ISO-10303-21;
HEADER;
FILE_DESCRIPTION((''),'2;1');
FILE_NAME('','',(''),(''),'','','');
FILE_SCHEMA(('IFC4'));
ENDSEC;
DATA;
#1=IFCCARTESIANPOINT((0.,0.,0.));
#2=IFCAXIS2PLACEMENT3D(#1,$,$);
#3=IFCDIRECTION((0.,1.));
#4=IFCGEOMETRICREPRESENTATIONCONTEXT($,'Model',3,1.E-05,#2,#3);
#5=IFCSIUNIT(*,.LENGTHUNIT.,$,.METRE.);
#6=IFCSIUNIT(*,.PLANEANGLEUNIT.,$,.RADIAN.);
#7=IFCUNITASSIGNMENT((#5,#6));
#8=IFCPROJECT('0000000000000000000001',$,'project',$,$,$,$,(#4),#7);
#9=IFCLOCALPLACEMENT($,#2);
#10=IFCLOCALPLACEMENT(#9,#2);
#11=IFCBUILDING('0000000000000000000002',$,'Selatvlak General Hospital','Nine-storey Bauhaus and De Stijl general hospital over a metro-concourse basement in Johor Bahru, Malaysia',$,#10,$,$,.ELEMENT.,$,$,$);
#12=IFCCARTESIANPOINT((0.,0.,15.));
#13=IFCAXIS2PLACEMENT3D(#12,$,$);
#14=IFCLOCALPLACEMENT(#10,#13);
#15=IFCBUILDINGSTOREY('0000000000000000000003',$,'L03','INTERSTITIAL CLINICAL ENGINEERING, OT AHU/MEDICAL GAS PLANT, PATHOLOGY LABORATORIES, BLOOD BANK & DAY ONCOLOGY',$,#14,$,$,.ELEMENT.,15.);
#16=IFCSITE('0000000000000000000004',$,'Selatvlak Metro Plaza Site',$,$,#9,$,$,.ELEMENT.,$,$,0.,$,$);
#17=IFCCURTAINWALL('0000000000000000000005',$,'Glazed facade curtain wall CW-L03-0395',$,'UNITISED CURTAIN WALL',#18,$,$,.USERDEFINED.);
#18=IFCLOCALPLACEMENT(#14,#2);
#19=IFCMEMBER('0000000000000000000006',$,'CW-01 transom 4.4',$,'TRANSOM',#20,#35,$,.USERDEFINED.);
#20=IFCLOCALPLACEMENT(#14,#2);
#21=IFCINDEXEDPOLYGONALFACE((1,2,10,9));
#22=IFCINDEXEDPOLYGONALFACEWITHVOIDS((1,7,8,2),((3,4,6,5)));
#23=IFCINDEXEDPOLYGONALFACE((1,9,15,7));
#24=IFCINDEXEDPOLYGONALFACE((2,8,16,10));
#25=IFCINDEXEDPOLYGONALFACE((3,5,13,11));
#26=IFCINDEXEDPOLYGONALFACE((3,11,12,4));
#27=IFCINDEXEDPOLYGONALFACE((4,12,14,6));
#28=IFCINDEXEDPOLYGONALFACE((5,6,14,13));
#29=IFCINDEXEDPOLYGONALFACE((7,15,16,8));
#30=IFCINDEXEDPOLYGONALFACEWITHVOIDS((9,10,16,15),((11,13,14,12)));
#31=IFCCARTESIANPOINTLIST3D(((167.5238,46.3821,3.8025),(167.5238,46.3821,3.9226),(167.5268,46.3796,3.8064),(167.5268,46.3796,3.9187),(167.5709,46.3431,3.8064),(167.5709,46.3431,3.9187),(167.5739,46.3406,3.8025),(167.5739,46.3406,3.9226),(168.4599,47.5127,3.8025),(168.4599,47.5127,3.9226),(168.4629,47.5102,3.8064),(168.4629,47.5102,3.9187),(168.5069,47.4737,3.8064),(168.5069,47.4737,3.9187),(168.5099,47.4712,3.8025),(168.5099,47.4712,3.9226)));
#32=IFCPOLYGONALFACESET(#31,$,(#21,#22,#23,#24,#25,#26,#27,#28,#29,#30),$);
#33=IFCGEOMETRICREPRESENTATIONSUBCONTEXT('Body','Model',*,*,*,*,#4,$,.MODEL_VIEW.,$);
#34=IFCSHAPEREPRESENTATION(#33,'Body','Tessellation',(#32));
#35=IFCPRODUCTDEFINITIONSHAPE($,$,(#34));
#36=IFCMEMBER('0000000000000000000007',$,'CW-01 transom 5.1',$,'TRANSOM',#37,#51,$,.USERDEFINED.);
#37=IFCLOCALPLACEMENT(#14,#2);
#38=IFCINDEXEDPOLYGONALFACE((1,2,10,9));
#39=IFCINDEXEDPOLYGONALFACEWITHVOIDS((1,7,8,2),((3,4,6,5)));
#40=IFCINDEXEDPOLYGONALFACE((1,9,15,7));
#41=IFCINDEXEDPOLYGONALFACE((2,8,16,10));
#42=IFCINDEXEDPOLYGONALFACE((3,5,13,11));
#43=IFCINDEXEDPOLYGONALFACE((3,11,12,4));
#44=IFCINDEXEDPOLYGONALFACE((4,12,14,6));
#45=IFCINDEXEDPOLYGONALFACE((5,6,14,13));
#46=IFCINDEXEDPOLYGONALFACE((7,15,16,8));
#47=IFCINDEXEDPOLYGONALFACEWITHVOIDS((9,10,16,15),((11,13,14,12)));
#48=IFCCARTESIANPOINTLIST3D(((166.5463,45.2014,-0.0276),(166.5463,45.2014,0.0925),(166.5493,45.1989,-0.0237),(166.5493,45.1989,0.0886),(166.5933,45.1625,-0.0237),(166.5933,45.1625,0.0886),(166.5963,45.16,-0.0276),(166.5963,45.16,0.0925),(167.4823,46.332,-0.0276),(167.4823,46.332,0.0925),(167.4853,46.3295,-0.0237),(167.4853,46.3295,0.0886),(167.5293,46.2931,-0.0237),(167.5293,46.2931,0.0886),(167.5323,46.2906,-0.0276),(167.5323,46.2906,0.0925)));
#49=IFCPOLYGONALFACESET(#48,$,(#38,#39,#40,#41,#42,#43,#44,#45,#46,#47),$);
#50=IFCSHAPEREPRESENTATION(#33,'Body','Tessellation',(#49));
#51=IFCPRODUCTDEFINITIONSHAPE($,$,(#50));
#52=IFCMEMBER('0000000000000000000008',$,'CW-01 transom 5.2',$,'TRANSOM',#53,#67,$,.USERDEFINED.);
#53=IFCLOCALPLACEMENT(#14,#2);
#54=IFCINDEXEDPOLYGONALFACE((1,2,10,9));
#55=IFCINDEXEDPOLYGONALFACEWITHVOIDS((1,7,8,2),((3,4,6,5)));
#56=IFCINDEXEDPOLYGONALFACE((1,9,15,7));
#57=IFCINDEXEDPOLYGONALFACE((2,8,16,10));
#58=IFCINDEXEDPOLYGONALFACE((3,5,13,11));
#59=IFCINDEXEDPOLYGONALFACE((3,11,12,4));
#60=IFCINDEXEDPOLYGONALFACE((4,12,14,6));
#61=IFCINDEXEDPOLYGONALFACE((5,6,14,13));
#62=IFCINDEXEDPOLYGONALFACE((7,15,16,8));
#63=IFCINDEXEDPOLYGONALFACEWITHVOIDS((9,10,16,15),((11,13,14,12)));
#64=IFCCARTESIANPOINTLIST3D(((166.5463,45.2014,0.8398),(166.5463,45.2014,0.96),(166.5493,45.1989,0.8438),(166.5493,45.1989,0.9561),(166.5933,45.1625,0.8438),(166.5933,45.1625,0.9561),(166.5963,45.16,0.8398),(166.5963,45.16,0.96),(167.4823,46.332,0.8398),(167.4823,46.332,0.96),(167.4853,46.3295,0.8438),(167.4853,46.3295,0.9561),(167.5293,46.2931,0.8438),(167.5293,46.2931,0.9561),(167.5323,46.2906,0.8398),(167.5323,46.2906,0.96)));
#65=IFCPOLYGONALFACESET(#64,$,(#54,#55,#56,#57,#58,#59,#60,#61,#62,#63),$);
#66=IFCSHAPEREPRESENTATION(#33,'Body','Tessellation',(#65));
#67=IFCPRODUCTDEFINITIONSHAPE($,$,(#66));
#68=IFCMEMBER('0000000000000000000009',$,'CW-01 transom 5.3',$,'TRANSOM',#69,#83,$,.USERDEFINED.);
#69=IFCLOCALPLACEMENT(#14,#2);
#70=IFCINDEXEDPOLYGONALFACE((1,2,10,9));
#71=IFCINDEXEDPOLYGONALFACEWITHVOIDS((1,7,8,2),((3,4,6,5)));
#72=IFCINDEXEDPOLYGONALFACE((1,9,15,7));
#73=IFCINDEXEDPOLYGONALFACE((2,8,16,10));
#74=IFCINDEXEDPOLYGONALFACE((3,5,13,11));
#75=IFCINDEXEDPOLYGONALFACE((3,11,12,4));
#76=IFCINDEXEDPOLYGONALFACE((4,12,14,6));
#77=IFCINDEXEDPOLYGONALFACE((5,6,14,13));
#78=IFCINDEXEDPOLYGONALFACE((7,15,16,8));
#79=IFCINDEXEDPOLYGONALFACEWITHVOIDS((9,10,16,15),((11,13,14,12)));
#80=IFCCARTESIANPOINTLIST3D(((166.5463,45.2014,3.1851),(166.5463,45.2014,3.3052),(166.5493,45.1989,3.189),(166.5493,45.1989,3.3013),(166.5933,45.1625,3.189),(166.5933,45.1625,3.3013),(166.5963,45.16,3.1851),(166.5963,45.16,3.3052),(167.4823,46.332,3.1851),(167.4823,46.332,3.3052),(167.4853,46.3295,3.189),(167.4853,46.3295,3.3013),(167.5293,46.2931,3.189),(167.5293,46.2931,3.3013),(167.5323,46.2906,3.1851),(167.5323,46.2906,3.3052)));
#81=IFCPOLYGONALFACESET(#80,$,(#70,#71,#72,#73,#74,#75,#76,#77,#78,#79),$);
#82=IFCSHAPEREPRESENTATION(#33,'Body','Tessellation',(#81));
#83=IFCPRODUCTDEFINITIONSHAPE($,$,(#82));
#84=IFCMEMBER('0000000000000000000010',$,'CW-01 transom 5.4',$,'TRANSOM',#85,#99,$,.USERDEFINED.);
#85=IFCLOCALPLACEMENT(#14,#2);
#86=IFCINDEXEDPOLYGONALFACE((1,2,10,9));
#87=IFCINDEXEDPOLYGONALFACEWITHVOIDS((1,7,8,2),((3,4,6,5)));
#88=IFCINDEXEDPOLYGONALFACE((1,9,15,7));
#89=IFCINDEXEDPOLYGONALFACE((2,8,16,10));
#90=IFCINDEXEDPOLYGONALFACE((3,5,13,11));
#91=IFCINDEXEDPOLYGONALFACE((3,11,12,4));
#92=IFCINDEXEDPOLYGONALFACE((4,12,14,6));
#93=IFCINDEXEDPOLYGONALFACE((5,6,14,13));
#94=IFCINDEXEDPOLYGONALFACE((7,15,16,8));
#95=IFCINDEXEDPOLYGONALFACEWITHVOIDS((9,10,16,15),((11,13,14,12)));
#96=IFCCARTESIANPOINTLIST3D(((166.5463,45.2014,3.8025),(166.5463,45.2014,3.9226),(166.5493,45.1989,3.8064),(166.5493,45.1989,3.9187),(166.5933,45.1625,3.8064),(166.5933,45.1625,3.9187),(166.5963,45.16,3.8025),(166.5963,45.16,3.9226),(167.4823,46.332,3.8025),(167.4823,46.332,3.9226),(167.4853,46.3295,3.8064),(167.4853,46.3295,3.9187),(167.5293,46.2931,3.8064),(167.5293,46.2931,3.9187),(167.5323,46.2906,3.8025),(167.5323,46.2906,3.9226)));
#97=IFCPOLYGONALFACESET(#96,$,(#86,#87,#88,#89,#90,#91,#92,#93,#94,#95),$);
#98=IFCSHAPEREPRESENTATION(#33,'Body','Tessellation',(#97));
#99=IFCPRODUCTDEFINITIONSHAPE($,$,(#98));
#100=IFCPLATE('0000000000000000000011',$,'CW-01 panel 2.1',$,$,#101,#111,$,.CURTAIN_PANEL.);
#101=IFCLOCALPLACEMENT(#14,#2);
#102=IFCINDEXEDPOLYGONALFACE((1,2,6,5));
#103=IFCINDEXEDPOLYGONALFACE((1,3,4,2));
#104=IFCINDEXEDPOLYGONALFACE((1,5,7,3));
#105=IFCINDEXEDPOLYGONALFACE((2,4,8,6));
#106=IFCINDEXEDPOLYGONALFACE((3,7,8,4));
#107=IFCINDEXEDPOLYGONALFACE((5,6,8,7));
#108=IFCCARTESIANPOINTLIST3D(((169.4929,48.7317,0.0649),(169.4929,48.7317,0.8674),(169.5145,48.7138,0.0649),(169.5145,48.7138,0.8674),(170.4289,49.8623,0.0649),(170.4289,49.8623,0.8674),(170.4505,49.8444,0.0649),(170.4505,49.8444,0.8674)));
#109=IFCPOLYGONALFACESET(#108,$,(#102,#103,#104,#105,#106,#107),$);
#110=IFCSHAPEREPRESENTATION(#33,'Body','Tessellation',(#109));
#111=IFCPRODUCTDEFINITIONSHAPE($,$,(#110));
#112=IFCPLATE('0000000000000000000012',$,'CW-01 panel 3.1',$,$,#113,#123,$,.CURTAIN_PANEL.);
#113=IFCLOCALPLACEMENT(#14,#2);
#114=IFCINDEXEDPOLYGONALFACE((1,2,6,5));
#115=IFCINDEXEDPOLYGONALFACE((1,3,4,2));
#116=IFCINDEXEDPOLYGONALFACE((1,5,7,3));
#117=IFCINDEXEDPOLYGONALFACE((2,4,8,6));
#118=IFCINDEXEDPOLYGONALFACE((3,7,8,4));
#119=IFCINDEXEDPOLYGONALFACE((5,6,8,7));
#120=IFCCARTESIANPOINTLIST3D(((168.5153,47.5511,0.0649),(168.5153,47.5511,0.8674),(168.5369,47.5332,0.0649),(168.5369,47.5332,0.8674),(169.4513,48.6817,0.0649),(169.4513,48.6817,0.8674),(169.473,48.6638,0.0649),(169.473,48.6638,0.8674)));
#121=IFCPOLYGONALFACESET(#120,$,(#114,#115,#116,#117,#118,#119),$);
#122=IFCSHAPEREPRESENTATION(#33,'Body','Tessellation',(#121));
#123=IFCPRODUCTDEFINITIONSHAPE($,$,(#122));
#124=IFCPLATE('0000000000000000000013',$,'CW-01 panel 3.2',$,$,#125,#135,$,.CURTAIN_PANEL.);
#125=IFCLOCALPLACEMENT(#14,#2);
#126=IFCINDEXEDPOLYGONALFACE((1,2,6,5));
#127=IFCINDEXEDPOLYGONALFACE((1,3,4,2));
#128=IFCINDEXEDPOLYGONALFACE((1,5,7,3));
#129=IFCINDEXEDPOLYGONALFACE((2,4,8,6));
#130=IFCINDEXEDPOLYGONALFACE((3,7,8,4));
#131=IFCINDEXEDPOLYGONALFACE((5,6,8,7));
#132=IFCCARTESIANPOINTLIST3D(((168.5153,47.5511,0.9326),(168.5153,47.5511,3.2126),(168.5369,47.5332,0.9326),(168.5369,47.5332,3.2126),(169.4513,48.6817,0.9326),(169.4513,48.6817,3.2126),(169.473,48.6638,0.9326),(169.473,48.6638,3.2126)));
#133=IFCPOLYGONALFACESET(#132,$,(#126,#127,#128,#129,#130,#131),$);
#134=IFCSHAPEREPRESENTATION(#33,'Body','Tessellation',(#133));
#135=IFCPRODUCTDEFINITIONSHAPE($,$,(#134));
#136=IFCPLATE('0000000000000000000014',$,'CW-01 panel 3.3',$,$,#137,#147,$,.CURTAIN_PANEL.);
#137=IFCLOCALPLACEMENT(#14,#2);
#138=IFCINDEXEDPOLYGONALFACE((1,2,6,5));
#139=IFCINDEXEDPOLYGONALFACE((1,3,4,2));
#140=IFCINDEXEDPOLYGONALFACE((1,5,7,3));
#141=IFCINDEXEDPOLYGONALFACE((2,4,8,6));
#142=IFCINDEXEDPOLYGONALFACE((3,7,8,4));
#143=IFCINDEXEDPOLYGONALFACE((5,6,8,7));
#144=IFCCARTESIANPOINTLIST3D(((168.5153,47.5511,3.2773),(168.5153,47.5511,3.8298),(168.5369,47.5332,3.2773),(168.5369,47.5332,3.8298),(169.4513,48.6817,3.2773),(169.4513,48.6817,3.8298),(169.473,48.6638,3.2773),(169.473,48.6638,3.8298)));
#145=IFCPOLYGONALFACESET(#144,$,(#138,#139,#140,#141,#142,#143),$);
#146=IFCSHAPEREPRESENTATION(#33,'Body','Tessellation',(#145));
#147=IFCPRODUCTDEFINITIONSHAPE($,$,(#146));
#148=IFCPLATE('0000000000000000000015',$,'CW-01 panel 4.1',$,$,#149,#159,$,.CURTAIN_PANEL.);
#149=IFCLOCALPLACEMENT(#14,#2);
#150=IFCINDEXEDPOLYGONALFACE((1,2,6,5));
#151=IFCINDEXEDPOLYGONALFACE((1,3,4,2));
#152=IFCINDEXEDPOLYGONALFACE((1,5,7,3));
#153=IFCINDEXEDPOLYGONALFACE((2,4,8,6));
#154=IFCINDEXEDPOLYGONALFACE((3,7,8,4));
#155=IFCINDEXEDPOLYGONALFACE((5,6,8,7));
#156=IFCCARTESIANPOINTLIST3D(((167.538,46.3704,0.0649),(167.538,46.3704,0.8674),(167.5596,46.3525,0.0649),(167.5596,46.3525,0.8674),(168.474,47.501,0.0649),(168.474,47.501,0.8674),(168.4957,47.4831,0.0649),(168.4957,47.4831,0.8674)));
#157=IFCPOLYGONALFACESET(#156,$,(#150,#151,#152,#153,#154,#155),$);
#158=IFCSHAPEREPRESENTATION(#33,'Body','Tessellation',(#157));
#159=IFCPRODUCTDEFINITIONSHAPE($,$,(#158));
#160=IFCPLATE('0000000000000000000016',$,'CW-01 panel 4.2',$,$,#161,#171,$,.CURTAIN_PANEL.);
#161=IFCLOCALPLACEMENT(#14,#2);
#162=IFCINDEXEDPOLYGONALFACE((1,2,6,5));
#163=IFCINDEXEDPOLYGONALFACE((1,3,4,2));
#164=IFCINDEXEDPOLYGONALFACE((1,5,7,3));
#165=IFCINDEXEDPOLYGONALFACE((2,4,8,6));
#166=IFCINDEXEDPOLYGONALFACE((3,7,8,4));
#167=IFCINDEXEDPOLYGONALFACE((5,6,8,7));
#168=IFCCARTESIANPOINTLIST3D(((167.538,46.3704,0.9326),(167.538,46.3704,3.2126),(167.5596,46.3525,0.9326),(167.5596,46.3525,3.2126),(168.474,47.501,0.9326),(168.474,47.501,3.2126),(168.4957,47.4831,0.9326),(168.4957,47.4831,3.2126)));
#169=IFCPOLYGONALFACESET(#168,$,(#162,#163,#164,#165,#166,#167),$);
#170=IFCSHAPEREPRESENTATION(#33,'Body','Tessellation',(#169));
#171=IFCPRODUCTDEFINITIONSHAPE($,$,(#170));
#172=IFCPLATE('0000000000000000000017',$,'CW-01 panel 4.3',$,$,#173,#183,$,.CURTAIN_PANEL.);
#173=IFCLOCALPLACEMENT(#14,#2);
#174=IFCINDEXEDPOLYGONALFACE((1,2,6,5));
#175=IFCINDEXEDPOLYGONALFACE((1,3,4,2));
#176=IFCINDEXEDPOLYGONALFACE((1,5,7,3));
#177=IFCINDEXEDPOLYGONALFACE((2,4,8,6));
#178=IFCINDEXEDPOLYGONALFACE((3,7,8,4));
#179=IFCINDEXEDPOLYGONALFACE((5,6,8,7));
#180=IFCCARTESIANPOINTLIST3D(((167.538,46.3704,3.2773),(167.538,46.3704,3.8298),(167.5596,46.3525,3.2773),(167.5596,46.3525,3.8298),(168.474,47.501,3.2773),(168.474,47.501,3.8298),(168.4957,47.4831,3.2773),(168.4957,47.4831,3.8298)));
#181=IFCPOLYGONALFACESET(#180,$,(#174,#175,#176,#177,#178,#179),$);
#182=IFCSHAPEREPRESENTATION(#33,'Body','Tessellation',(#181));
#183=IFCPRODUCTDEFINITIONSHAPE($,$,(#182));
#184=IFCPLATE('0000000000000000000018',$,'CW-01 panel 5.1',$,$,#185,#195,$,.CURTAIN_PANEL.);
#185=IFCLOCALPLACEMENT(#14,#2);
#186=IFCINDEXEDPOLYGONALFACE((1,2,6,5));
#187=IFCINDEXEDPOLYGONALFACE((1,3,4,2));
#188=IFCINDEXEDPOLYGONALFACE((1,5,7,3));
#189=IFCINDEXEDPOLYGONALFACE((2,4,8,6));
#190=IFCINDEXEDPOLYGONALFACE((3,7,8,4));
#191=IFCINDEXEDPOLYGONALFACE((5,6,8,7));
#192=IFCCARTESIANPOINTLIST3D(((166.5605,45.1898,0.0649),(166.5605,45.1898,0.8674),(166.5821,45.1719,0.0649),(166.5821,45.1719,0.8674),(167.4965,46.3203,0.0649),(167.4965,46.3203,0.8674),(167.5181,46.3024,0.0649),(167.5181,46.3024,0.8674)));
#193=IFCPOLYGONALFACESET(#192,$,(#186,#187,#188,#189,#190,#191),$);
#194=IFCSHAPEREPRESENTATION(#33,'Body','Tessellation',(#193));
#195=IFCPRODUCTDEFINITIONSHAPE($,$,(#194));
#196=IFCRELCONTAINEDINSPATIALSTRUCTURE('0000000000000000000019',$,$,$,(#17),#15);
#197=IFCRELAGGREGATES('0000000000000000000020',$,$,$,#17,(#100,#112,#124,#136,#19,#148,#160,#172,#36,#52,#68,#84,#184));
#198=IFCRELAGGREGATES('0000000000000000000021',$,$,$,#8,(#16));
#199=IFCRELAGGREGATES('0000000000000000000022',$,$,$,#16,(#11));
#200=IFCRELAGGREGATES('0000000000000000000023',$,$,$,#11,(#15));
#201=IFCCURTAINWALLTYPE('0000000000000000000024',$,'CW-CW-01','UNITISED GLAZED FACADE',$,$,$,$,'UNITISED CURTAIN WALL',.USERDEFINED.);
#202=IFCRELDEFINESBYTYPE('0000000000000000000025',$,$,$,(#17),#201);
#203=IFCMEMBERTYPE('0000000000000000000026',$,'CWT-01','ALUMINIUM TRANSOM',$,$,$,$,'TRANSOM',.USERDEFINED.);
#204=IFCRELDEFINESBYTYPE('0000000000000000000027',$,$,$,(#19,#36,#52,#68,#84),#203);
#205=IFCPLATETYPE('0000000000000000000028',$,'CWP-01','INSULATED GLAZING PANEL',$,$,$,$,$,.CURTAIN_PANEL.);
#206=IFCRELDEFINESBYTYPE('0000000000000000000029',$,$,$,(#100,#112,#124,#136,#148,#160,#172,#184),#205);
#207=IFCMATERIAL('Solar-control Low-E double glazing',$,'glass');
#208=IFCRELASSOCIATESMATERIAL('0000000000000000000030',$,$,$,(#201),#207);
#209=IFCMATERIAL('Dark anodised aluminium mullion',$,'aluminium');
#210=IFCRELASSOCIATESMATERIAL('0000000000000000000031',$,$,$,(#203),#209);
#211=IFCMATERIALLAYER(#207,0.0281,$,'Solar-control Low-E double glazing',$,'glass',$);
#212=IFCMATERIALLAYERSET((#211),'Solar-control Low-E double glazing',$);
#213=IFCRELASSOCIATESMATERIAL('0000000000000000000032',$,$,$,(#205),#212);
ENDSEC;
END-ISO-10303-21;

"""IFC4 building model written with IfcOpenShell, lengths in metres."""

from ifc_helpers import new_model, si_unit, direction, frame, origin, origin_2d, place, context, subcontext, project, spatial, rectangle, hollow_rectangle, extrude, material, layer, layer_set, material_profile, profile_set, type_object, element, aggregate, save


model = new_model("IFC4")

# Units and contexts
model_context = context("Model", 3, precision=1e-05, world=origin(), true_north=direction((0.0, 1.0)))
body_context = subcontext(model_context, "Body", "Model", "MODEL_VIEW")
ifc_project = project(units=[si_unit("LENGTHUNIT", "METRE"), si_unit("PLANEANGLEUNIT", "RADIAN")], contexts=[model_context])

# Site, building, storey
site_placement = place(None, origin())
site = spatial("IfcSite", under=ifc_project, at=site_placement, Name="Selatvlak Metro Plaza Site", CompositionType="ELEMENT", RefElevation=0.0)
building_placement = place(site_placement, origin())
building = spatial("IfcBuilding", under=site, at=building_placement, Name="Selatvlak General Hospital", Description="Nine-storey Bauhaus and De Stijl general hospital over a metro-concourse basement in Johor Bahru, Malaysia", CompositionType="ELEMENT")
storey_placement = place(building_placement, frame((0.0, 0.0, 15.0)))
storey = spatial("IfcBuildingStorey", under=building, at=storey_placement, Name="L03", Description="INTERSTITIAL CLINICAL ENGINEERING, OT AHU/MEDICAL GAS PLANT, PATHOLOGY LABORATORIES, BLOOD BANK & DAY ONCOLOGY", CompositionType="ELEMENT", Elevation=15.0)

# Curtain wall, members, plates
ifc_material_1 = material(Name="Solar-control Low-E double glazing", Category="glass")
curtain_wall_type = type_object("IfcCurtainWallType", Name="CW-CW-01", Description="UNITISED GLAZED FACADE", ElementType="UNITISED CURTAIN WALL", PredefinedType="USERDEFINED", material=ifc_material_1)
curtain_wall_placement = place(storey_placement, origin())
curtain_wall = element("IfcCurtainWall", 1, at=curtain_wall_placement, inside=storey, type_object=curtain_wall_type, Name="Glazed facade curtain wall CW-L03-0395", ObjectType="UNITISED CURTAIN WALL", PredefinedType="USERDEFINED")
ifc_material_2 = material(Name="Dark anodised aluminium mullion", Category="aluminium")
ifc_material_profile_1 = material_profile(ifc_material_2, hollow_rectangle(XDim=0.0649, YDim=0.1201, WallThickness=0.0039, at=origin_2d()), Name="AL-TRN 65x120x4")
ifc_profile_set_1 = profile_set([ifc_material_profile_1], Name="Dark anodised aluminium mullion")
member_type_1 = type_object("IfcMemberType", Name="CWT-01", Description="ALUMINIUM TRANSOM", ElementType="TRANSOM", PredefinedType="USERDEFINED", material=ifc_profile_set_1)
member_1_placement = place(storey_placement, frame((168.4849, 47.4919, 3.8625), z_axis=(-0.637711, -0.770276, 0.0), x_axis=(0.770276, -0.637711, 0.0)))
member_1 = element("IfcMember", 2, at=member_1_placement, type_object=member_type_1, Name="CW-01 transom 4.4", ObjectType="TRANSOM", PredefinedType="USERDEFINED", context=body_context, shape_type="SweptSolid", body=[
    extrude(hollow_rectangle(XDim=0.0649, YDim=0.1201, WallThickness=0.0039, at=origin_2d()), origin(), (0.0, 0.0, 1.0), 1.4678),
])
member_2_placement = place(storey_placement, frame((167.5073, 46.3113, 0.0325), z_axis=(-0.637711, -0.770276, 0.0), x_axis=(0.770276, -0.637711, 0.0)))
member_2 = element("IfcMember", 3, at=member_2_placement, type_object=member_type_1, Name="CW-01 transom 5.1", ObjectType="TRANSOM", PredefinedType="USERDEFINED", context=body_context, shape_type="SweptSolid", body=[
    extrude(hollow_rectangle(XDim=0.0649, YDim=0.1201, WallThickness=0.0039, at=origin_2d()), origin(), (0.0, 0.0, 1.0), 1.4678),
])
member_3_placement = place(storey_placement, frame((167.5073, 46.3113, 0.8999), z_axis=(-0.637711, -0.770276, 0.0), x_axis=(0.770276, -0.637711, 0.0)))
member_3 = element("IfcMember", 4, at=member_3_placement, type_object=member_type_1, Name="CW-01 transom 5.2", ObjectType="TRANSOM", PredefinedType="USERDEFINED", context=body_context, shape_type="SweptSolid", body=[
    extrude(hollow_rectangle(XDim=0.0649, YDim=0.1201, WallThickness=0.0039, at=origin_2d()), origin(), (0.0, 0.0, 1.0), 1.4678),
])
member_4_placement = place(storey_placement, frame((167.5073, 46.3113, 3.2451), z_axis=(-0.637711, -0.770276, 0.0), x_axis=(0.770276, -0.637711, 0.0)))
member_4 = element("IfcMember", 5, at=member_4_placement, type_object=member_type_1, Name="CW-01 transom 5.3", ObjectType="TRANSOM", PredefinedType="USERDEFINED", context=body_context, shape_type="SweptSolid", body=[
    extrude(hollow_rectangle(XDim=0.0649, YDim=0.1201, WallThickness=0.0039, at=origin_2d()), origin(), (0.0, 0.0, 1.0), 1.4678),
])
member_5_placement = place(storey_placement, frame((167.5073, 46.3113, 3.8625), z_axis=(-0.637711, -0.770276, 0.0), x_axis=(0.770276, -0.637711, 0.0)))
member_5 = element("IfcMember", 6, at=member_5_placement, type_object=member_type_1, Name="CW-01 transom 5.4", ObjectType="TRANSOM", PredefinedType="USERDEFINED", context=body_context, shape_type="SweptSolid", body=[
    extrude(hollow_rectangle(XDim=0.0649, YDim=0.1201, WallThickness=0.0039, at=origin_2d()), origin(), (0.0, 0.0, 1.0), 1.4678),
])
ifc_layer_1 = layer(ifc_material_1, 0.0281, Name="Solar-control Low-E double glazing", Category="glass")
ifc_layer_set_1 = layer_set([ifc_layer_1], Name="Solar-control Low-E double glazing")
plate_type = type_object("IfcPlateType", Name="CWP-01", Description="INSULATED GLAZING PANEL", PredefinedType="CURTAIN_PANEL", material=ifc_layer_set_1)
plate_1_placement = place(storey_placement, frame((169.9717, 49.2881, 0.0649), z_axis=(0.0, 0.0, 1.0), x_axis=(-0.637721, -0.770267, 0.0)))
plate_1 = element("IfcPlate", 7, at=plate_1_placement, type_object=plate_type, Name="CW-01 panel 2.1", PredefinedType="CURTAIN_PANEL", context=body_context, shape_type="SweptSolid", body=[
    extrude(rectangle(XDim=1.4678, YDim=0.0281, at=origin_2d()), origin(), (0.0, 0.0, 1.0), 0.8025),
])
plate_2_placement = place(storey_placement, frame((168.9941, 48.1074, 0.0649), z_axis=(0.0, 0.0, 1.0), x_axis=(-0.637721, -0.770267, 0.0)))
plate_2 = element("IfcPlate", 8, at=plate_2_placement, type_object=plate_type, Name="CW-01 panel 3.1", PredefinedType="CURTAIN_PANEL", context=body_context, shape_type="SweptSolid", body=[
    extrude(rectangle(XDim=1.4678, YDim=0.0281, at=origin_2d()), origin(), (0.0, 0.0, 1.0), 0.8025),
])
plate_3_placement = place(storey_placement, frame((168.9941, 48.1074, 0.9326), z_axis=(0.0, 0.0, 1.0), x_axis=(-0.637721, -0.770267, 0.0)))
plate_3 = element("IfcPlate", 9, at=plate_3_placement, type_object=plate_type, Name="CW-01 panel 3.2", PredefinedType="CURTAIN_PANEL", context=body_context, shape_type="SweptSolid", body=[
    extrude(rectangle(XDim=1.4678, YDim=0.0281, at=origin_2d()), origin(), (0.0, 0.0, 1.0), 2.28),
])
plate_4_placement = place(storey_placement, frame((168.9941, 48.1074, 3.2773), z_axis=(0.0, 0.0, 1.0), x_axis=(-0.637721, -0.770267, 0.0)))
plate_4 = element("IfcPlate", 10, at=plate_4_placement, type_object=plate_type, Name="CW-01 panel 3.3", PredefinedType="CURTAIN_PANEL", context=body_context, shape_type="SweptSolid", body=[
    extrude(rectangle(XDim=1.4678, YDim=0.0281, at=origin_2d()), origin(), (0.0, 0.0, 1.0), 0.5525),
])
plate_5_placement = place(storey_placement, frame((168.0168, 46.9268, 0.0649), z_axis=(0.0, 0.0, 1.0), x_axis=(-0.637721, -0.770267, 0.0)))
plate_5 = element("IfcPlate", 11, at=plate_5_placement, type_object=plate_type, Name="CW-01 panel 4.1", PredefinedType="CURTAIN_PANEL", context=body_context, shape_type="SweptSolid", body=[
    extrude(rectangle(XDim=1.4678, YDim=0.0281, at=origin_2d()), origin(), (0.0, 0.0, 1.0), 0.8025),
])
plate_6_placement = place(storey_placement, frame((168.0168, 46.9268, 0.9326), z_axis=(0.0, 0.0, 1.0), x_axis=(-0.637721, -0.770267, 0.0)))
plate_6 = element("IfcPlate", 12, at=plate_6_placement, type_object=plate_type, Name="CW-01 panel 4.2", PredefinedType="CURTAIN_PANEL", context=body_context, shape_type="SweptSolid", body=[
    extrude(rectangle(XDim=1.4678, YDim=0.0281, at=origin_2d()), origin(), (0.0, 0.0, 1.0), 2.28),
])
plate_7_placement = place(storey_placement, frame((168.0168, 46.9268, 3.2773), z_axis=(0.0, 0.0, 1.0), x_axis=(-0.637721, -0.770267, 0.0)))
plate_7 = element("IfcPlate", 13, at=plate_7_placement, type_object=plate_type, Name="CW-01 panel 4.3", PredefinedType="CURTAIN_PANEL", context=body_context, shape_type="SweptSolid", body=[
    extrude(rectangle(XDim=1.4678, YDim=0.0281, at=origin_2d()), origin(), (0.0, 0.0, 1.0), 0.5525),
])
plate_8_placement = place(storey_placement, frame((167.0393, 45.7461, 0.0649), z_axis=(0.0, 0.0, 1.0), x_axis=(-0.637721, -0.770267, 0.0)))
plate_8 = element("IfcPlate", 14, at=plate_8_placement, type_object=plate_type, Name="CW-01 panel 5.1", PredefinedType="CURTAIN_PANEL", context=body_context, shape_type="SweptSolid", body=[
    extrude(rectangle(XDim=1.4678, YDim=0.0281, at=origin_2d()), origin(), (0.0, 0.0, 1.0), 0.8025),
])
aggregate(curtain_wall, [plate_1, plate_2, plate_3, plate_4, member_1, plate_5, plate_6, plate_7, member_2, member_3, member_4, member_5, plate_8])

save(model, "model.ifc")
